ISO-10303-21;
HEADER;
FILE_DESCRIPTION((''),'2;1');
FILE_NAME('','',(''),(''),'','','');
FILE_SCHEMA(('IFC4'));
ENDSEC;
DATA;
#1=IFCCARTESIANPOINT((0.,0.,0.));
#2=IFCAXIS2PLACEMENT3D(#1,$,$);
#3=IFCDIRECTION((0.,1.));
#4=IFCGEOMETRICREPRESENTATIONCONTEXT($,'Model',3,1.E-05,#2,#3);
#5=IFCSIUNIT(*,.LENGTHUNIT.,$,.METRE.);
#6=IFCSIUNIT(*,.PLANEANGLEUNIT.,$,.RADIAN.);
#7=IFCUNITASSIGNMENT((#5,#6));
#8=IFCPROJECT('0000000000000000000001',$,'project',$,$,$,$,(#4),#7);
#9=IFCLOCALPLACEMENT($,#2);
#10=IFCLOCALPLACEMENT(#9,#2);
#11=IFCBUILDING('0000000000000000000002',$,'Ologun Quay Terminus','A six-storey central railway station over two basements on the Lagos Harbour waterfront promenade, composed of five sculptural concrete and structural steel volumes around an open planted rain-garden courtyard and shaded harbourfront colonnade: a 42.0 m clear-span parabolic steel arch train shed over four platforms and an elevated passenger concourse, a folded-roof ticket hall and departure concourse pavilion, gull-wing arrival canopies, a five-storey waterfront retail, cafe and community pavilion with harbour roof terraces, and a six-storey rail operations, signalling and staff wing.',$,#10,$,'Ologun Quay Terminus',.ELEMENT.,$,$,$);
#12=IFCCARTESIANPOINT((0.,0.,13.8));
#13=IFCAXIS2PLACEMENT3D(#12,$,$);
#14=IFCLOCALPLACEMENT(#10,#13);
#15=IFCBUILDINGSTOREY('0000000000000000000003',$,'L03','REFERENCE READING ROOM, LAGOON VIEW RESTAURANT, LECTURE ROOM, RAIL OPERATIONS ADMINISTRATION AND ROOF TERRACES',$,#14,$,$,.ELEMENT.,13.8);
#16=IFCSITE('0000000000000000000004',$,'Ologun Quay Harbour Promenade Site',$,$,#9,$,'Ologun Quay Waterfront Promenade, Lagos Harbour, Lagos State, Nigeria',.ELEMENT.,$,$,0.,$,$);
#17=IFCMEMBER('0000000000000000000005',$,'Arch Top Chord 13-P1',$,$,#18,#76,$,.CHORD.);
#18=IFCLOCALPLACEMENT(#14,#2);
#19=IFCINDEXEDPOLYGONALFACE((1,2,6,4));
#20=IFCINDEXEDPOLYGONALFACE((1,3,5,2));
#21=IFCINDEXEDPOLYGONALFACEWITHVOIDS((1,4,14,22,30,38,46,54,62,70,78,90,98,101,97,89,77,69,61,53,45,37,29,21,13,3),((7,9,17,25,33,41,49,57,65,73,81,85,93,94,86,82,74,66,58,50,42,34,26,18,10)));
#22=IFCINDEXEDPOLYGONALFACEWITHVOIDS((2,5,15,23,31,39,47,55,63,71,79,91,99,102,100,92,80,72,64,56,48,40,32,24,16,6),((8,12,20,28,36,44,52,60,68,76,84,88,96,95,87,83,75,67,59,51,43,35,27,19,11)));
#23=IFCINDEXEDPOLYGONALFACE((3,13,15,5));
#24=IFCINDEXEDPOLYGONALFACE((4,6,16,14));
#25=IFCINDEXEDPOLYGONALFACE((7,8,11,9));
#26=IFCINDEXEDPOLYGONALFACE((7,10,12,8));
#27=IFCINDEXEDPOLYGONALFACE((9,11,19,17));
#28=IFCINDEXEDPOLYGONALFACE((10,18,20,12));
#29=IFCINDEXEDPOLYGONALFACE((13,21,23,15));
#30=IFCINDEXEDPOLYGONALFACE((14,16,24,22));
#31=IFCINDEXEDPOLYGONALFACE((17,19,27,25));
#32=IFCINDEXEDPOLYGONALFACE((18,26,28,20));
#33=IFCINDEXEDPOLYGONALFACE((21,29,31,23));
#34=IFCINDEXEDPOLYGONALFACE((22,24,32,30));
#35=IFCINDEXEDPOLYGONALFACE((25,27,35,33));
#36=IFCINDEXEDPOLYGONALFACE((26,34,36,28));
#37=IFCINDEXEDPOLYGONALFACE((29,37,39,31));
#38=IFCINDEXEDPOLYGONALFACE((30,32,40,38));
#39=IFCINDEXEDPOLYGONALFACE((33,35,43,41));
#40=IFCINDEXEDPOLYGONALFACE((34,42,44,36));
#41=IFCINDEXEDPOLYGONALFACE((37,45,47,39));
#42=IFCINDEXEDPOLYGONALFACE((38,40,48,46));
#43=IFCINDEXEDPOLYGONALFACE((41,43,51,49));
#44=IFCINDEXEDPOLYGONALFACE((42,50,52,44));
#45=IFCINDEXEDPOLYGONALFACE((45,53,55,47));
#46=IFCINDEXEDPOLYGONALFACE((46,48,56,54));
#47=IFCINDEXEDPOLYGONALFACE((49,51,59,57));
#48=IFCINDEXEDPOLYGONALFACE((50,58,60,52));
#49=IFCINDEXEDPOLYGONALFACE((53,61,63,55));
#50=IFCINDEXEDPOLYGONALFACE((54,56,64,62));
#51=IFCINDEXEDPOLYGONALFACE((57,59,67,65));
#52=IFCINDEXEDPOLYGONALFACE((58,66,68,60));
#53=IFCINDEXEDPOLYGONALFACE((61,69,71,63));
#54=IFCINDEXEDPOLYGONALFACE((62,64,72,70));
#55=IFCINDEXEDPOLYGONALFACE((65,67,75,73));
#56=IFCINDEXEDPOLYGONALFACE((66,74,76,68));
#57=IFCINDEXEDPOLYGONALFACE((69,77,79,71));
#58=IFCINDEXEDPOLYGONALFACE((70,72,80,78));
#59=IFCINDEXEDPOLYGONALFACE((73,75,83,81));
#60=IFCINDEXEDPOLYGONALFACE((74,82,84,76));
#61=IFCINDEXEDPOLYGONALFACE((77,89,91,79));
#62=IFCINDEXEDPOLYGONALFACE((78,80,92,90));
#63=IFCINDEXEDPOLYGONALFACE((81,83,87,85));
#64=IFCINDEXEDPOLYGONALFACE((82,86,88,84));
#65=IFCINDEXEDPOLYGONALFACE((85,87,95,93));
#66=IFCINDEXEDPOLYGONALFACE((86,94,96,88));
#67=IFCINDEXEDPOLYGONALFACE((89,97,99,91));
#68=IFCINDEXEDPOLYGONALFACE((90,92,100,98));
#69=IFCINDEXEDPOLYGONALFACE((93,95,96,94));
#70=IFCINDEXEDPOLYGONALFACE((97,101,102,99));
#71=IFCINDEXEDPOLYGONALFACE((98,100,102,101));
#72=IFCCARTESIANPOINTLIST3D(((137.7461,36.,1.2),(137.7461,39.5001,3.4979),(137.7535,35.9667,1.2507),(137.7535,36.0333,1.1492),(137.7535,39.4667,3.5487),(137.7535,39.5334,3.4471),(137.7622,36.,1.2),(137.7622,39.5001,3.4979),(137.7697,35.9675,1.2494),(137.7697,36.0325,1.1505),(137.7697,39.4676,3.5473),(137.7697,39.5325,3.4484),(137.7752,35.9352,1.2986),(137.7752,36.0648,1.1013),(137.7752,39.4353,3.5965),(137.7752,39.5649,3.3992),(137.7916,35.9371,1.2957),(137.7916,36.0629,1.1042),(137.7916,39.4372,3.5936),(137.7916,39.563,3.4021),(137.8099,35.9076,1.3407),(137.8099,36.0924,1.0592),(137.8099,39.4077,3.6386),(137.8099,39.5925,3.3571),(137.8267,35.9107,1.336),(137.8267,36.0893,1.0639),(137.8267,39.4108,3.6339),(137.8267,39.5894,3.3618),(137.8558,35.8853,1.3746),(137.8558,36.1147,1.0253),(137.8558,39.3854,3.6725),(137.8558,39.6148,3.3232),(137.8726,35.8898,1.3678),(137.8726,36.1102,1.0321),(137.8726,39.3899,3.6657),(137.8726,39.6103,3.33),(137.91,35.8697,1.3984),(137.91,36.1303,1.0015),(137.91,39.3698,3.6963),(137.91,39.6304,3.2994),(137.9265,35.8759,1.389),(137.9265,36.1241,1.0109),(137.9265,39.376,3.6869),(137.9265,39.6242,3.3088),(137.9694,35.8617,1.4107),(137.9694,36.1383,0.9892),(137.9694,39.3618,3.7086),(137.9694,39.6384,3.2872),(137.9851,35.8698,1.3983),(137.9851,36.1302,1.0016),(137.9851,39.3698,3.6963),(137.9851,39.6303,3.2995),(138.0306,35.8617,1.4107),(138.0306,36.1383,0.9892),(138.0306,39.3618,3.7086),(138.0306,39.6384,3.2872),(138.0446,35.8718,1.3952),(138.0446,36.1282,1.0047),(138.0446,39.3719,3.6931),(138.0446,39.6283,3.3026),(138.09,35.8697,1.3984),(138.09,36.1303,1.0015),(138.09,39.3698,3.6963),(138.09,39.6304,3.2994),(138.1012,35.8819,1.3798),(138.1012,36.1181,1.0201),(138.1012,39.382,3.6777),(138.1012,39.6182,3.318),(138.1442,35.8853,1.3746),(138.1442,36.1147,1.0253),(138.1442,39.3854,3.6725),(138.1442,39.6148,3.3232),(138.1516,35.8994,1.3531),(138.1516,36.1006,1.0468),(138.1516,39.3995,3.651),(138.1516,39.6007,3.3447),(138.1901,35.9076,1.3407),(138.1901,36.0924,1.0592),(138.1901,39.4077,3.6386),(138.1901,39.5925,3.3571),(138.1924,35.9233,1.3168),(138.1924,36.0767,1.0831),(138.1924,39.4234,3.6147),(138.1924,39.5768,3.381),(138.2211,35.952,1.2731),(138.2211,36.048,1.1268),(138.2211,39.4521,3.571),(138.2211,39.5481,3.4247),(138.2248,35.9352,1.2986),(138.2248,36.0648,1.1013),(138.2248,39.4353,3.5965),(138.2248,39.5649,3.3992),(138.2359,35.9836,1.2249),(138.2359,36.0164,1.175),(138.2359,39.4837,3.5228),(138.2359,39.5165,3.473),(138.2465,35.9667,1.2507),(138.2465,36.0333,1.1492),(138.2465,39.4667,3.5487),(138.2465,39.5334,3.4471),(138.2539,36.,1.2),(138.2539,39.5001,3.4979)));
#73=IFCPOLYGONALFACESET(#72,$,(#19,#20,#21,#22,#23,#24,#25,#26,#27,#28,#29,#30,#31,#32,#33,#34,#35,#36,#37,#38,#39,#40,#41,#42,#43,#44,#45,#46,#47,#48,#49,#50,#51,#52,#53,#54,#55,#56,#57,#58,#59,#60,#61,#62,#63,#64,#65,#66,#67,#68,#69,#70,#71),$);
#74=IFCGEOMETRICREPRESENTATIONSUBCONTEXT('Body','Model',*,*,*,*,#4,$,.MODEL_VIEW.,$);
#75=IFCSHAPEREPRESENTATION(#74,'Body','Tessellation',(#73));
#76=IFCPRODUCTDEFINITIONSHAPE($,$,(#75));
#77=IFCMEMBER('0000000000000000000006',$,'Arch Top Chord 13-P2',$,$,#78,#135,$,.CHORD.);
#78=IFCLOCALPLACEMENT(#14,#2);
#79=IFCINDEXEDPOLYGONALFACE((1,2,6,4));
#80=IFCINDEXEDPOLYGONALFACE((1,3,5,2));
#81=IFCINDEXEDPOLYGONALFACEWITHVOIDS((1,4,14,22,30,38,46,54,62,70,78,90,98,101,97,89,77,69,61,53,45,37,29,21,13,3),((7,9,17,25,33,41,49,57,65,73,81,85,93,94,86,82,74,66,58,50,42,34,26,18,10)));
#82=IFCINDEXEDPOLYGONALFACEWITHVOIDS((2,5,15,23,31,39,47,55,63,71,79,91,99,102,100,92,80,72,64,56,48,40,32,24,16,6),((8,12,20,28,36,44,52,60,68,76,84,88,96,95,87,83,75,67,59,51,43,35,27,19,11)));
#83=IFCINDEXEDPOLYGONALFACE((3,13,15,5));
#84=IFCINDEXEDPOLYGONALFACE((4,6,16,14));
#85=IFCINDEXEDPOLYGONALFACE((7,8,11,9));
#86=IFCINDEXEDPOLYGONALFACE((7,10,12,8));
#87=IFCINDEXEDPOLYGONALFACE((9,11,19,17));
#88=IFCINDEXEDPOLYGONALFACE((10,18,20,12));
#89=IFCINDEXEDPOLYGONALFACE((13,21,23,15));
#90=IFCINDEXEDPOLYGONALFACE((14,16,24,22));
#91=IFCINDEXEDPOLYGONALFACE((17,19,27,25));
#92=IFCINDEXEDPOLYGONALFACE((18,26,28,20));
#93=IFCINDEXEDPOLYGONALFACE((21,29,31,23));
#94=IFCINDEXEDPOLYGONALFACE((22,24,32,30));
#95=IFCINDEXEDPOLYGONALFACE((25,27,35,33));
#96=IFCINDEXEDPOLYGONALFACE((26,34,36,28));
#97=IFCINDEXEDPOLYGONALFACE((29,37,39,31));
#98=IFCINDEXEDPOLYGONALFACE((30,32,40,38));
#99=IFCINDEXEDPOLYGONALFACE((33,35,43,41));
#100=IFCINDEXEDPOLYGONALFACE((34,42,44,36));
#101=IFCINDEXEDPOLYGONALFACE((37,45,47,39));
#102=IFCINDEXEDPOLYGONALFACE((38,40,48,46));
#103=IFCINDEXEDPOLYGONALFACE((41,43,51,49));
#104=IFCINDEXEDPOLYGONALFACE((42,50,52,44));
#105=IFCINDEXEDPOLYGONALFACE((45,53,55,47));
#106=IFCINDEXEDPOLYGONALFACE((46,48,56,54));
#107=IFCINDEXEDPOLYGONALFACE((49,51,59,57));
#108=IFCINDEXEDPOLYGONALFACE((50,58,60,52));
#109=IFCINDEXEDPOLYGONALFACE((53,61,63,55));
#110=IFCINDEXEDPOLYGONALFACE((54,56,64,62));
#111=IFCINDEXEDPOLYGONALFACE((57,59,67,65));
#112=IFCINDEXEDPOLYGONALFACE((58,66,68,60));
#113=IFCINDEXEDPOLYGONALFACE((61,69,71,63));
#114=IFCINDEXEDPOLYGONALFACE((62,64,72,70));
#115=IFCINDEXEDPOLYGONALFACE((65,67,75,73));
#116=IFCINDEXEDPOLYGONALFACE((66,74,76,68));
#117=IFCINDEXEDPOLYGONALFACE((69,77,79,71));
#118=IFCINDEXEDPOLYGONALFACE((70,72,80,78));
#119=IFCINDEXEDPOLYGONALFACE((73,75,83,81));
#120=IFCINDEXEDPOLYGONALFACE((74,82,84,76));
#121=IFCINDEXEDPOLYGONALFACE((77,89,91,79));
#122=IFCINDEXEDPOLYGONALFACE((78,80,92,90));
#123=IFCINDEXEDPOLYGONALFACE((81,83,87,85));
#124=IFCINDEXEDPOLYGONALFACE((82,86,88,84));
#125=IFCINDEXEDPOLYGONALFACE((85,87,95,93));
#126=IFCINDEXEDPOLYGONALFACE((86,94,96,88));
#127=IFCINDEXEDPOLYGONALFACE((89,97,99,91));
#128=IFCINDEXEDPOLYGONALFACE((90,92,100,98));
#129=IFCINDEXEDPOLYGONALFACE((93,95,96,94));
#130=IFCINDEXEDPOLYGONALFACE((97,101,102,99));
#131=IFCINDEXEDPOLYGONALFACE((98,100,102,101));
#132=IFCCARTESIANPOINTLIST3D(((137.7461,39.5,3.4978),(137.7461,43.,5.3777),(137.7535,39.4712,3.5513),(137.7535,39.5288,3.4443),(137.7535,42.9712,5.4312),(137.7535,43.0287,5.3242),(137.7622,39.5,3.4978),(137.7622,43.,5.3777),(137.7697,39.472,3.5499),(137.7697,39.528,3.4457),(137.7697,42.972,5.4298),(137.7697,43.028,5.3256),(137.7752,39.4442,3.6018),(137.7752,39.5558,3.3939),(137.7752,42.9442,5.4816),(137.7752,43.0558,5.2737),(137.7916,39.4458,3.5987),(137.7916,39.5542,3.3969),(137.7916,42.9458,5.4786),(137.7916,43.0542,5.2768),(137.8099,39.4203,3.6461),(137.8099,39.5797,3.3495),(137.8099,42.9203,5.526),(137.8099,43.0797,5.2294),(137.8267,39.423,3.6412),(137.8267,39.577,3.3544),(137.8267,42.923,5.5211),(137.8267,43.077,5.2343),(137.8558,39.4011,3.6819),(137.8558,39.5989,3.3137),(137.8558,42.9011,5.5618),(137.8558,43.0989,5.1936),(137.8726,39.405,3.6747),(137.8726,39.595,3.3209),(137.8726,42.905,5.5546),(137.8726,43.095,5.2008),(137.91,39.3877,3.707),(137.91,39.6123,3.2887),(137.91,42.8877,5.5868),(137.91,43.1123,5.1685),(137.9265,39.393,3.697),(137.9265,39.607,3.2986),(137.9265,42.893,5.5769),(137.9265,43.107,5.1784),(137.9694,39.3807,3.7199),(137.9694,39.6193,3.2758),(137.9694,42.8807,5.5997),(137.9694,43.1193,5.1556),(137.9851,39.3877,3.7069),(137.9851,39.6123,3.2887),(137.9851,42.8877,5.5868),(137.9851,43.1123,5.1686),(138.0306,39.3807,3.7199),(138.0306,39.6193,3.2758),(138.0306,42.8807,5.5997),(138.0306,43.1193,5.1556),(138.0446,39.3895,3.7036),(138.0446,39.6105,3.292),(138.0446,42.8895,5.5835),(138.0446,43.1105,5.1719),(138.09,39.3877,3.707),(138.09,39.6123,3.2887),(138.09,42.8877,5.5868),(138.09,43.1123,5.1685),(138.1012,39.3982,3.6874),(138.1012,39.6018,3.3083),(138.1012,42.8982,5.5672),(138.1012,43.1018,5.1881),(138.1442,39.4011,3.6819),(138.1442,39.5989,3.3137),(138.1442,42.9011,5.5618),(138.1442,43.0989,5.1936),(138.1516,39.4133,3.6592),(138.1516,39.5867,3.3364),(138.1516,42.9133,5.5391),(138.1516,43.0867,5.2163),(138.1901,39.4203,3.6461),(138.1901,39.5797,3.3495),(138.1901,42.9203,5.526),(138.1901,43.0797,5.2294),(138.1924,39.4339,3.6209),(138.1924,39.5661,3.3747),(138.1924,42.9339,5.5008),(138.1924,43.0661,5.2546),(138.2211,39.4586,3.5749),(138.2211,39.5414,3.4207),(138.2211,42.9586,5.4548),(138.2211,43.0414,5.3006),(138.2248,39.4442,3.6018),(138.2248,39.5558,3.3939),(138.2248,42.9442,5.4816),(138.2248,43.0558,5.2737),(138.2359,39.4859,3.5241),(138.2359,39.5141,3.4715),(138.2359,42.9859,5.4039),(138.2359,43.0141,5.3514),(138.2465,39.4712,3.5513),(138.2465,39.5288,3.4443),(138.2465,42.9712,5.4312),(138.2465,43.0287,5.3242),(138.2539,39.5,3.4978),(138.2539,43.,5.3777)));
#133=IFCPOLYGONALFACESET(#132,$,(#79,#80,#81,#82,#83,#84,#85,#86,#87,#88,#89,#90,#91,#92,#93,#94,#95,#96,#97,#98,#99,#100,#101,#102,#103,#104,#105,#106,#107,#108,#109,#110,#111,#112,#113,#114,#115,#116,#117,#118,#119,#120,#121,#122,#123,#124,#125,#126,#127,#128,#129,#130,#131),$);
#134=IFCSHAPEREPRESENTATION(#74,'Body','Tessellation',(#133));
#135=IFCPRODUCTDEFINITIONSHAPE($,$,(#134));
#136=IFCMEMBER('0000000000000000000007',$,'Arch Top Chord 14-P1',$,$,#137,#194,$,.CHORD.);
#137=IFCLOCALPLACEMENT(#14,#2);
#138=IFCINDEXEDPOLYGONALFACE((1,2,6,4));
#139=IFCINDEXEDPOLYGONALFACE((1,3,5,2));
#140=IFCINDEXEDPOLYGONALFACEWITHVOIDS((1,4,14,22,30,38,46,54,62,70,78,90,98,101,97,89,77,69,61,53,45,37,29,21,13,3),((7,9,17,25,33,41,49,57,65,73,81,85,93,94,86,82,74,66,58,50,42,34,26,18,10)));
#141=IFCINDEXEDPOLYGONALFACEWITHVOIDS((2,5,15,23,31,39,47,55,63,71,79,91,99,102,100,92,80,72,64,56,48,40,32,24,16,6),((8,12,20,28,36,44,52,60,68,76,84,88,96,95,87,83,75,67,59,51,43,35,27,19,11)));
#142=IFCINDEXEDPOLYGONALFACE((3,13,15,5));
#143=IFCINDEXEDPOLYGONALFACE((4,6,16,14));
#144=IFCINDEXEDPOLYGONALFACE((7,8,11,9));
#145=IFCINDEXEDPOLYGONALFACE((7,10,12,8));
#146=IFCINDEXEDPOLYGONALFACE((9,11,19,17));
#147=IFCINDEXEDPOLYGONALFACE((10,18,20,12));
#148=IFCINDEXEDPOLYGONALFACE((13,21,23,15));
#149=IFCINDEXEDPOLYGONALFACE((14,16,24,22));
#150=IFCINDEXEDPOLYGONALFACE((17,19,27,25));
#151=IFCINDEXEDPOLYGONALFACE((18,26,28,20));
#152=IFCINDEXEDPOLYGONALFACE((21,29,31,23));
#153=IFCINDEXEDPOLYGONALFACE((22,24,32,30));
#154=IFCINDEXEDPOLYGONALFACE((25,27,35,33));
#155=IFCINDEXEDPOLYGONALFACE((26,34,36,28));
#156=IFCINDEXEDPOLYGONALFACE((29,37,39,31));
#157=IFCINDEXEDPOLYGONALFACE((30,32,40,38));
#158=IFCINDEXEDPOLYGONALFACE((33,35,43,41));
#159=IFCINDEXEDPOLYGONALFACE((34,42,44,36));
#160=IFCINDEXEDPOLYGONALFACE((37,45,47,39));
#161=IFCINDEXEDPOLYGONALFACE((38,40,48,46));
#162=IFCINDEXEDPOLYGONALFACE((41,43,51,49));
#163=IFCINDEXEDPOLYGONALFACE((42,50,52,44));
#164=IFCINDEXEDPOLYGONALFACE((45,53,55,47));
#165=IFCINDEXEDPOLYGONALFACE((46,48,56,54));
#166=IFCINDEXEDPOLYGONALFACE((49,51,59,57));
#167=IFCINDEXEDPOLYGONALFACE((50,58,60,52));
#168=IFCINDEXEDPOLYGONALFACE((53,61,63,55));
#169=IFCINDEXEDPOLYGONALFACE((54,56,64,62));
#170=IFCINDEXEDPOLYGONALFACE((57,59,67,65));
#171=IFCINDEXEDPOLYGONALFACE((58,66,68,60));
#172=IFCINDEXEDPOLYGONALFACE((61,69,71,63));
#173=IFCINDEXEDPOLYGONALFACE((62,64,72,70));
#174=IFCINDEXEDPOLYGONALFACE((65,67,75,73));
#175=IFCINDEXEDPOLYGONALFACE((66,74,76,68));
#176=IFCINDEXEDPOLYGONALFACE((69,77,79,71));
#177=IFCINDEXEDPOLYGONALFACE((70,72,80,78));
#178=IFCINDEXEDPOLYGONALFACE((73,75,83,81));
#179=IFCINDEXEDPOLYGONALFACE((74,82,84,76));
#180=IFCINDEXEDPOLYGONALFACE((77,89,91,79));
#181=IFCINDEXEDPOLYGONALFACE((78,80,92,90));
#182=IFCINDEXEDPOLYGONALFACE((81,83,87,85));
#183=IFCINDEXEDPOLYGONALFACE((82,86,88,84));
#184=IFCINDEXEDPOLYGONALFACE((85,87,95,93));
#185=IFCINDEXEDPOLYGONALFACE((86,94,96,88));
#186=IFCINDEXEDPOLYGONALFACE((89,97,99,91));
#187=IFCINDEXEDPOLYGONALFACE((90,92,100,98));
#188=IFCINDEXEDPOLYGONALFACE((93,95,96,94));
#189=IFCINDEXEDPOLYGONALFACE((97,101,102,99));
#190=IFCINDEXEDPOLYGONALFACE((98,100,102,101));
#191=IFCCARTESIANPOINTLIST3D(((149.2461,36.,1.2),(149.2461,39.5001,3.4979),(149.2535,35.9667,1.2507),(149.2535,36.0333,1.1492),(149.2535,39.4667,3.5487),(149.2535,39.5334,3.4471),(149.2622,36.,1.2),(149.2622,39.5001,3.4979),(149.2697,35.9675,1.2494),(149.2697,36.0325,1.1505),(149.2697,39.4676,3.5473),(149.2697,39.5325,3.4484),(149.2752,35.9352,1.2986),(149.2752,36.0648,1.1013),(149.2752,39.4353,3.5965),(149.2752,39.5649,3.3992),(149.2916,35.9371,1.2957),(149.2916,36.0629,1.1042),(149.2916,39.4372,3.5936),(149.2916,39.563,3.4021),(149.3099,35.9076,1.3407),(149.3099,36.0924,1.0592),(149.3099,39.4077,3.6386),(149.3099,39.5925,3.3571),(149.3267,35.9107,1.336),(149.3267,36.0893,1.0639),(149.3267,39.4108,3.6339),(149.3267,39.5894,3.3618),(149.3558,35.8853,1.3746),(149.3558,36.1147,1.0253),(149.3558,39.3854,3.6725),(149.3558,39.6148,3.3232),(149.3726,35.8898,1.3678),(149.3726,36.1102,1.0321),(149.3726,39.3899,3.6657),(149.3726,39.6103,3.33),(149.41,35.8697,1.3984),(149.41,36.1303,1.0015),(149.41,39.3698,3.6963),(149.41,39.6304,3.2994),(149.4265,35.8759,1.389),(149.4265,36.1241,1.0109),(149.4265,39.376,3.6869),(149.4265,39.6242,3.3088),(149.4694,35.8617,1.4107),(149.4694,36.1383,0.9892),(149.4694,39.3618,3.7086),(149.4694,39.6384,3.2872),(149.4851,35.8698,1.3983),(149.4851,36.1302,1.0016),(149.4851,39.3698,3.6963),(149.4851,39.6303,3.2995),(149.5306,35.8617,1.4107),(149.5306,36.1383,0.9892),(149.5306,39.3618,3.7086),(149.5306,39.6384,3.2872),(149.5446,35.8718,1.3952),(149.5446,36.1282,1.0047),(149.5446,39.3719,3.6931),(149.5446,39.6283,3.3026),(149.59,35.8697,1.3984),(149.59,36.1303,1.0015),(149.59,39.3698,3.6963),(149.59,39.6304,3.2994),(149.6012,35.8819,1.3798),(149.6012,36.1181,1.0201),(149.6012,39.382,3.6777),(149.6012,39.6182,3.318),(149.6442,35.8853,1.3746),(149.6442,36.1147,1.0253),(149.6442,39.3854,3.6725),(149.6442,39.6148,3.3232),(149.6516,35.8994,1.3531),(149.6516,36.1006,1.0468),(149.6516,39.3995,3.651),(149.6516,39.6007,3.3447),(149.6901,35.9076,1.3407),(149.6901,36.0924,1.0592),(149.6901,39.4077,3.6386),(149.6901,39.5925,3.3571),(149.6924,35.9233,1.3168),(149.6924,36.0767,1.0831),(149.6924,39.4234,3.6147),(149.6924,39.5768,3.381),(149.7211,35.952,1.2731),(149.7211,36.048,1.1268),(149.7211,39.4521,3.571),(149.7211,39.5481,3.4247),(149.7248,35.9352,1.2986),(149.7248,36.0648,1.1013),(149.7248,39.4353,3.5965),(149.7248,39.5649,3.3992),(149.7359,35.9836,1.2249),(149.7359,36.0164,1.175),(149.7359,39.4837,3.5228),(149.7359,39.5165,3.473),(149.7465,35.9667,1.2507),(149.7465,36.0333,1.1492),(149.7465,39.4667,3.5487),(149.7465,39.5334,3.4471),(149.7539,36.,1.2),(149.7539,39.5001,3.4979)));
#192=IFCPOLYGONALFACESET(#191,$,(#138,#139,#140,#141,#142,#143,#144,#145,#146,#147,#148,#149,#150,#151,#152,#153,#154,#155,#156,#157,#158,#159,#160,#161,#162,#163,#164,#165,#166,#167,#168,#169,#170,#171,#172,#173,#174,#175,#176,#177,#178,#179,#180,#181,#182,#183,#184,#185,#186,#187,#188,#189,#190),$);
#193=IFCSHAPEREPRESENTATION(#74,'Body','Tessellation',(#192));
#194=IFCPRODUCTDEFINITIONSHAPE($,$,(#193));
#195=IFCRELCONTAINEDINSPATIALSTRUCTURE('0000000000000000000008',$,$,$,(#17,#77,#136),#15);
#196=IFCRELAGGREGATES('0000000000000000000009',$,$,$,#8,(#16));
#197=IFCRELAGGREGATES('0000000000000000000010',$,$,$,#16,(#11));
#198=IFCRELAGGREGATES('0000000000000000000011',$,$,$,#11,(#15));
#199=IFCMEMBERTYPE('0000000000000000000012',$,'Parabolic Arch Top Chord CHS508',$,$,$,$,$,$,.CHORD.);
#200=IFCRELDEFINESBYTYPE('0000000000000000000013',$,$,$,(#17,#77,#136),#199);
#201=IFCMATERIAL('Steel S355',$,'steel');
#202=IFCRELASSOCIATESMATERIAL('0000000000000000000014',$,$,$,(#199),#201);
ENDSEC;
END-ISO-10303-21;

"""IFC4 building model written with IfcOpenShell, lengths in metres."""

from ifc_helpers import new_model, si_unit, direction, frame, origin, origin_2d, place, context, subcontext, project, spatial, hollow_circle, extrude, material, material_profile, profile_set, type_object, element, save


model = new_model("IFC4")

# Units and contexts
model_context = context("Model", 3, precision=1e-05, world=origin(), true_north=direction((0.0, 1.0)))
body_context = subcontext(model_context, "Body", "Model", "MODEL_VIEW")
ifc_project = project(units=[si_unit("LENGTHUNIT", "METRE"), si_unit("PLANEANGLEUNIT", "RADIAN")], contexts=[model_context])

# Site, building, storey
site_placement = place(None, origin())
site = spatial("IfcSite", under=ifc_project, at=site_placement, Name="Ologun Quay Harbour Promenade Site", LongName="Ologun Quay Waterfront Promenade, Lagos Harbour, Lagos State, Nigeria", CompositionType="ELEMENT", RefElevation=0.0)
building_placement = place(site_placement, origin())
building = spatial("IfcBuilding", under=site, at=building_placement, Name="Ologun Quay Terminus", Description="A six-storey central railway station over two basements on the Lagos Harbour waterfront promenade, composed of five sculptural concrete and structural steel volumes around an open planted rain-garden courtyard and shaded harbourfront colonnade: a 42.0 m clear-span parabolic steel arch train shed over four platforms and an elevated passenger concourse, a folded-roof ticket hall and departure concourse pavilion, gull-wing arrival canopies, a five-storey waterfront retail, cafe and community pavilion with harbour roof terraces, and a six-storey rail operations, signalling and staff wing.", LongName="Ologun Quay Terminus", CompositionType="ELEMENT")
storey_placement = place(building_placement, frame((0.0, 0.0, 13.8)))
storey = spatial("IfcBuildingStorey", under=building, at=storey_placement, Name="L03", Description="REFERENCE READING ROOM, LAGOON VIEW RESTAURANT, LECTURE ROOM, RAIL OPERATIONS ADMINISTRATION AND ROOF TERRACES", CompositionType="ELEMENT", Elevation=13.8)

# Members
ifc_material_1 = material(Name="Steel S355", Category="steel")
ifc_material_profile_1 = material_profile(ifc_material_1, hollow_circle(Radius=0.2539, WallThickness=0.0161, at=origin_2d()), Name="CHS 508x16")
ifc_profile_set_1 = profile_set([ifc_material_profile_1], Name="Steel S355")
member_type_1 = type_object("IfcMemberType", Name="Parabolic Arch Top Chord CHS508", PredefinedType="CHORD", material=ifc_profile_set_1)
member_1_placement = place(storey_placement, frame((138.0, 36.0, 1.2), z_axis=(0.0, 0.835941, 0.548819), x_axis=(-1.0, 0.0, 0.0)))
element("IfcMember", 1, at=member_1_placement, inside=storey, type_object=member_type_1, Name="Arch Top Chord 13-P1", PredefinedType="CHORD", context=body_context, shape_type="SweptSolid", body=[
    extrude(hollow_circle(Radius=0.2539, WallThickness=0.0161, at=origin_2d()), origin(), (0.0, 0.0, 1.0), 4.187),
])
member_2_placement = place(storey_placement, frame((138.0, 39.5, 3.4978), z_axis=(0.0, 0.880968, 0.473176), x_axis=(-1.0, 0.0, 0.0)))
element("IfcMember", 2, at=member_2_placement, inside=storey, type_object=member_type_1, Name="Arch Top Chord 13-P2", PredefinedType="CHORD", context=body_context, shape_type="SweptSolid", body=[
    extrude(hollow_circle(Radius=0.2539, WallThickness=0.0161, at=origin_2d()), origin(), (0.0, 0.0, 1.0), 3.9729),
])
member_3_placement = place(storey_placement, frame((149.5, 36.0, 1.2), z_axis=(0.0, 0.835941, 0.548819), x_axis=(-1.0, 0.0, 0.0)))
element("IfcMember", 3, at=member_3_placement, inside=storey, type_object=member_type_1, Name="Arch Top Chord 14-P1", PredefinedType="CHORD", context=body_context, shape_type="SweptSolid", body=[
    extrude(hollow_circle(Radius=0.2539, WallThickness=0.0161, at=origin_2d()), origin(), (0.0, 0.0, 1.0), 4.187),
])

save(model, "model.ifc")
